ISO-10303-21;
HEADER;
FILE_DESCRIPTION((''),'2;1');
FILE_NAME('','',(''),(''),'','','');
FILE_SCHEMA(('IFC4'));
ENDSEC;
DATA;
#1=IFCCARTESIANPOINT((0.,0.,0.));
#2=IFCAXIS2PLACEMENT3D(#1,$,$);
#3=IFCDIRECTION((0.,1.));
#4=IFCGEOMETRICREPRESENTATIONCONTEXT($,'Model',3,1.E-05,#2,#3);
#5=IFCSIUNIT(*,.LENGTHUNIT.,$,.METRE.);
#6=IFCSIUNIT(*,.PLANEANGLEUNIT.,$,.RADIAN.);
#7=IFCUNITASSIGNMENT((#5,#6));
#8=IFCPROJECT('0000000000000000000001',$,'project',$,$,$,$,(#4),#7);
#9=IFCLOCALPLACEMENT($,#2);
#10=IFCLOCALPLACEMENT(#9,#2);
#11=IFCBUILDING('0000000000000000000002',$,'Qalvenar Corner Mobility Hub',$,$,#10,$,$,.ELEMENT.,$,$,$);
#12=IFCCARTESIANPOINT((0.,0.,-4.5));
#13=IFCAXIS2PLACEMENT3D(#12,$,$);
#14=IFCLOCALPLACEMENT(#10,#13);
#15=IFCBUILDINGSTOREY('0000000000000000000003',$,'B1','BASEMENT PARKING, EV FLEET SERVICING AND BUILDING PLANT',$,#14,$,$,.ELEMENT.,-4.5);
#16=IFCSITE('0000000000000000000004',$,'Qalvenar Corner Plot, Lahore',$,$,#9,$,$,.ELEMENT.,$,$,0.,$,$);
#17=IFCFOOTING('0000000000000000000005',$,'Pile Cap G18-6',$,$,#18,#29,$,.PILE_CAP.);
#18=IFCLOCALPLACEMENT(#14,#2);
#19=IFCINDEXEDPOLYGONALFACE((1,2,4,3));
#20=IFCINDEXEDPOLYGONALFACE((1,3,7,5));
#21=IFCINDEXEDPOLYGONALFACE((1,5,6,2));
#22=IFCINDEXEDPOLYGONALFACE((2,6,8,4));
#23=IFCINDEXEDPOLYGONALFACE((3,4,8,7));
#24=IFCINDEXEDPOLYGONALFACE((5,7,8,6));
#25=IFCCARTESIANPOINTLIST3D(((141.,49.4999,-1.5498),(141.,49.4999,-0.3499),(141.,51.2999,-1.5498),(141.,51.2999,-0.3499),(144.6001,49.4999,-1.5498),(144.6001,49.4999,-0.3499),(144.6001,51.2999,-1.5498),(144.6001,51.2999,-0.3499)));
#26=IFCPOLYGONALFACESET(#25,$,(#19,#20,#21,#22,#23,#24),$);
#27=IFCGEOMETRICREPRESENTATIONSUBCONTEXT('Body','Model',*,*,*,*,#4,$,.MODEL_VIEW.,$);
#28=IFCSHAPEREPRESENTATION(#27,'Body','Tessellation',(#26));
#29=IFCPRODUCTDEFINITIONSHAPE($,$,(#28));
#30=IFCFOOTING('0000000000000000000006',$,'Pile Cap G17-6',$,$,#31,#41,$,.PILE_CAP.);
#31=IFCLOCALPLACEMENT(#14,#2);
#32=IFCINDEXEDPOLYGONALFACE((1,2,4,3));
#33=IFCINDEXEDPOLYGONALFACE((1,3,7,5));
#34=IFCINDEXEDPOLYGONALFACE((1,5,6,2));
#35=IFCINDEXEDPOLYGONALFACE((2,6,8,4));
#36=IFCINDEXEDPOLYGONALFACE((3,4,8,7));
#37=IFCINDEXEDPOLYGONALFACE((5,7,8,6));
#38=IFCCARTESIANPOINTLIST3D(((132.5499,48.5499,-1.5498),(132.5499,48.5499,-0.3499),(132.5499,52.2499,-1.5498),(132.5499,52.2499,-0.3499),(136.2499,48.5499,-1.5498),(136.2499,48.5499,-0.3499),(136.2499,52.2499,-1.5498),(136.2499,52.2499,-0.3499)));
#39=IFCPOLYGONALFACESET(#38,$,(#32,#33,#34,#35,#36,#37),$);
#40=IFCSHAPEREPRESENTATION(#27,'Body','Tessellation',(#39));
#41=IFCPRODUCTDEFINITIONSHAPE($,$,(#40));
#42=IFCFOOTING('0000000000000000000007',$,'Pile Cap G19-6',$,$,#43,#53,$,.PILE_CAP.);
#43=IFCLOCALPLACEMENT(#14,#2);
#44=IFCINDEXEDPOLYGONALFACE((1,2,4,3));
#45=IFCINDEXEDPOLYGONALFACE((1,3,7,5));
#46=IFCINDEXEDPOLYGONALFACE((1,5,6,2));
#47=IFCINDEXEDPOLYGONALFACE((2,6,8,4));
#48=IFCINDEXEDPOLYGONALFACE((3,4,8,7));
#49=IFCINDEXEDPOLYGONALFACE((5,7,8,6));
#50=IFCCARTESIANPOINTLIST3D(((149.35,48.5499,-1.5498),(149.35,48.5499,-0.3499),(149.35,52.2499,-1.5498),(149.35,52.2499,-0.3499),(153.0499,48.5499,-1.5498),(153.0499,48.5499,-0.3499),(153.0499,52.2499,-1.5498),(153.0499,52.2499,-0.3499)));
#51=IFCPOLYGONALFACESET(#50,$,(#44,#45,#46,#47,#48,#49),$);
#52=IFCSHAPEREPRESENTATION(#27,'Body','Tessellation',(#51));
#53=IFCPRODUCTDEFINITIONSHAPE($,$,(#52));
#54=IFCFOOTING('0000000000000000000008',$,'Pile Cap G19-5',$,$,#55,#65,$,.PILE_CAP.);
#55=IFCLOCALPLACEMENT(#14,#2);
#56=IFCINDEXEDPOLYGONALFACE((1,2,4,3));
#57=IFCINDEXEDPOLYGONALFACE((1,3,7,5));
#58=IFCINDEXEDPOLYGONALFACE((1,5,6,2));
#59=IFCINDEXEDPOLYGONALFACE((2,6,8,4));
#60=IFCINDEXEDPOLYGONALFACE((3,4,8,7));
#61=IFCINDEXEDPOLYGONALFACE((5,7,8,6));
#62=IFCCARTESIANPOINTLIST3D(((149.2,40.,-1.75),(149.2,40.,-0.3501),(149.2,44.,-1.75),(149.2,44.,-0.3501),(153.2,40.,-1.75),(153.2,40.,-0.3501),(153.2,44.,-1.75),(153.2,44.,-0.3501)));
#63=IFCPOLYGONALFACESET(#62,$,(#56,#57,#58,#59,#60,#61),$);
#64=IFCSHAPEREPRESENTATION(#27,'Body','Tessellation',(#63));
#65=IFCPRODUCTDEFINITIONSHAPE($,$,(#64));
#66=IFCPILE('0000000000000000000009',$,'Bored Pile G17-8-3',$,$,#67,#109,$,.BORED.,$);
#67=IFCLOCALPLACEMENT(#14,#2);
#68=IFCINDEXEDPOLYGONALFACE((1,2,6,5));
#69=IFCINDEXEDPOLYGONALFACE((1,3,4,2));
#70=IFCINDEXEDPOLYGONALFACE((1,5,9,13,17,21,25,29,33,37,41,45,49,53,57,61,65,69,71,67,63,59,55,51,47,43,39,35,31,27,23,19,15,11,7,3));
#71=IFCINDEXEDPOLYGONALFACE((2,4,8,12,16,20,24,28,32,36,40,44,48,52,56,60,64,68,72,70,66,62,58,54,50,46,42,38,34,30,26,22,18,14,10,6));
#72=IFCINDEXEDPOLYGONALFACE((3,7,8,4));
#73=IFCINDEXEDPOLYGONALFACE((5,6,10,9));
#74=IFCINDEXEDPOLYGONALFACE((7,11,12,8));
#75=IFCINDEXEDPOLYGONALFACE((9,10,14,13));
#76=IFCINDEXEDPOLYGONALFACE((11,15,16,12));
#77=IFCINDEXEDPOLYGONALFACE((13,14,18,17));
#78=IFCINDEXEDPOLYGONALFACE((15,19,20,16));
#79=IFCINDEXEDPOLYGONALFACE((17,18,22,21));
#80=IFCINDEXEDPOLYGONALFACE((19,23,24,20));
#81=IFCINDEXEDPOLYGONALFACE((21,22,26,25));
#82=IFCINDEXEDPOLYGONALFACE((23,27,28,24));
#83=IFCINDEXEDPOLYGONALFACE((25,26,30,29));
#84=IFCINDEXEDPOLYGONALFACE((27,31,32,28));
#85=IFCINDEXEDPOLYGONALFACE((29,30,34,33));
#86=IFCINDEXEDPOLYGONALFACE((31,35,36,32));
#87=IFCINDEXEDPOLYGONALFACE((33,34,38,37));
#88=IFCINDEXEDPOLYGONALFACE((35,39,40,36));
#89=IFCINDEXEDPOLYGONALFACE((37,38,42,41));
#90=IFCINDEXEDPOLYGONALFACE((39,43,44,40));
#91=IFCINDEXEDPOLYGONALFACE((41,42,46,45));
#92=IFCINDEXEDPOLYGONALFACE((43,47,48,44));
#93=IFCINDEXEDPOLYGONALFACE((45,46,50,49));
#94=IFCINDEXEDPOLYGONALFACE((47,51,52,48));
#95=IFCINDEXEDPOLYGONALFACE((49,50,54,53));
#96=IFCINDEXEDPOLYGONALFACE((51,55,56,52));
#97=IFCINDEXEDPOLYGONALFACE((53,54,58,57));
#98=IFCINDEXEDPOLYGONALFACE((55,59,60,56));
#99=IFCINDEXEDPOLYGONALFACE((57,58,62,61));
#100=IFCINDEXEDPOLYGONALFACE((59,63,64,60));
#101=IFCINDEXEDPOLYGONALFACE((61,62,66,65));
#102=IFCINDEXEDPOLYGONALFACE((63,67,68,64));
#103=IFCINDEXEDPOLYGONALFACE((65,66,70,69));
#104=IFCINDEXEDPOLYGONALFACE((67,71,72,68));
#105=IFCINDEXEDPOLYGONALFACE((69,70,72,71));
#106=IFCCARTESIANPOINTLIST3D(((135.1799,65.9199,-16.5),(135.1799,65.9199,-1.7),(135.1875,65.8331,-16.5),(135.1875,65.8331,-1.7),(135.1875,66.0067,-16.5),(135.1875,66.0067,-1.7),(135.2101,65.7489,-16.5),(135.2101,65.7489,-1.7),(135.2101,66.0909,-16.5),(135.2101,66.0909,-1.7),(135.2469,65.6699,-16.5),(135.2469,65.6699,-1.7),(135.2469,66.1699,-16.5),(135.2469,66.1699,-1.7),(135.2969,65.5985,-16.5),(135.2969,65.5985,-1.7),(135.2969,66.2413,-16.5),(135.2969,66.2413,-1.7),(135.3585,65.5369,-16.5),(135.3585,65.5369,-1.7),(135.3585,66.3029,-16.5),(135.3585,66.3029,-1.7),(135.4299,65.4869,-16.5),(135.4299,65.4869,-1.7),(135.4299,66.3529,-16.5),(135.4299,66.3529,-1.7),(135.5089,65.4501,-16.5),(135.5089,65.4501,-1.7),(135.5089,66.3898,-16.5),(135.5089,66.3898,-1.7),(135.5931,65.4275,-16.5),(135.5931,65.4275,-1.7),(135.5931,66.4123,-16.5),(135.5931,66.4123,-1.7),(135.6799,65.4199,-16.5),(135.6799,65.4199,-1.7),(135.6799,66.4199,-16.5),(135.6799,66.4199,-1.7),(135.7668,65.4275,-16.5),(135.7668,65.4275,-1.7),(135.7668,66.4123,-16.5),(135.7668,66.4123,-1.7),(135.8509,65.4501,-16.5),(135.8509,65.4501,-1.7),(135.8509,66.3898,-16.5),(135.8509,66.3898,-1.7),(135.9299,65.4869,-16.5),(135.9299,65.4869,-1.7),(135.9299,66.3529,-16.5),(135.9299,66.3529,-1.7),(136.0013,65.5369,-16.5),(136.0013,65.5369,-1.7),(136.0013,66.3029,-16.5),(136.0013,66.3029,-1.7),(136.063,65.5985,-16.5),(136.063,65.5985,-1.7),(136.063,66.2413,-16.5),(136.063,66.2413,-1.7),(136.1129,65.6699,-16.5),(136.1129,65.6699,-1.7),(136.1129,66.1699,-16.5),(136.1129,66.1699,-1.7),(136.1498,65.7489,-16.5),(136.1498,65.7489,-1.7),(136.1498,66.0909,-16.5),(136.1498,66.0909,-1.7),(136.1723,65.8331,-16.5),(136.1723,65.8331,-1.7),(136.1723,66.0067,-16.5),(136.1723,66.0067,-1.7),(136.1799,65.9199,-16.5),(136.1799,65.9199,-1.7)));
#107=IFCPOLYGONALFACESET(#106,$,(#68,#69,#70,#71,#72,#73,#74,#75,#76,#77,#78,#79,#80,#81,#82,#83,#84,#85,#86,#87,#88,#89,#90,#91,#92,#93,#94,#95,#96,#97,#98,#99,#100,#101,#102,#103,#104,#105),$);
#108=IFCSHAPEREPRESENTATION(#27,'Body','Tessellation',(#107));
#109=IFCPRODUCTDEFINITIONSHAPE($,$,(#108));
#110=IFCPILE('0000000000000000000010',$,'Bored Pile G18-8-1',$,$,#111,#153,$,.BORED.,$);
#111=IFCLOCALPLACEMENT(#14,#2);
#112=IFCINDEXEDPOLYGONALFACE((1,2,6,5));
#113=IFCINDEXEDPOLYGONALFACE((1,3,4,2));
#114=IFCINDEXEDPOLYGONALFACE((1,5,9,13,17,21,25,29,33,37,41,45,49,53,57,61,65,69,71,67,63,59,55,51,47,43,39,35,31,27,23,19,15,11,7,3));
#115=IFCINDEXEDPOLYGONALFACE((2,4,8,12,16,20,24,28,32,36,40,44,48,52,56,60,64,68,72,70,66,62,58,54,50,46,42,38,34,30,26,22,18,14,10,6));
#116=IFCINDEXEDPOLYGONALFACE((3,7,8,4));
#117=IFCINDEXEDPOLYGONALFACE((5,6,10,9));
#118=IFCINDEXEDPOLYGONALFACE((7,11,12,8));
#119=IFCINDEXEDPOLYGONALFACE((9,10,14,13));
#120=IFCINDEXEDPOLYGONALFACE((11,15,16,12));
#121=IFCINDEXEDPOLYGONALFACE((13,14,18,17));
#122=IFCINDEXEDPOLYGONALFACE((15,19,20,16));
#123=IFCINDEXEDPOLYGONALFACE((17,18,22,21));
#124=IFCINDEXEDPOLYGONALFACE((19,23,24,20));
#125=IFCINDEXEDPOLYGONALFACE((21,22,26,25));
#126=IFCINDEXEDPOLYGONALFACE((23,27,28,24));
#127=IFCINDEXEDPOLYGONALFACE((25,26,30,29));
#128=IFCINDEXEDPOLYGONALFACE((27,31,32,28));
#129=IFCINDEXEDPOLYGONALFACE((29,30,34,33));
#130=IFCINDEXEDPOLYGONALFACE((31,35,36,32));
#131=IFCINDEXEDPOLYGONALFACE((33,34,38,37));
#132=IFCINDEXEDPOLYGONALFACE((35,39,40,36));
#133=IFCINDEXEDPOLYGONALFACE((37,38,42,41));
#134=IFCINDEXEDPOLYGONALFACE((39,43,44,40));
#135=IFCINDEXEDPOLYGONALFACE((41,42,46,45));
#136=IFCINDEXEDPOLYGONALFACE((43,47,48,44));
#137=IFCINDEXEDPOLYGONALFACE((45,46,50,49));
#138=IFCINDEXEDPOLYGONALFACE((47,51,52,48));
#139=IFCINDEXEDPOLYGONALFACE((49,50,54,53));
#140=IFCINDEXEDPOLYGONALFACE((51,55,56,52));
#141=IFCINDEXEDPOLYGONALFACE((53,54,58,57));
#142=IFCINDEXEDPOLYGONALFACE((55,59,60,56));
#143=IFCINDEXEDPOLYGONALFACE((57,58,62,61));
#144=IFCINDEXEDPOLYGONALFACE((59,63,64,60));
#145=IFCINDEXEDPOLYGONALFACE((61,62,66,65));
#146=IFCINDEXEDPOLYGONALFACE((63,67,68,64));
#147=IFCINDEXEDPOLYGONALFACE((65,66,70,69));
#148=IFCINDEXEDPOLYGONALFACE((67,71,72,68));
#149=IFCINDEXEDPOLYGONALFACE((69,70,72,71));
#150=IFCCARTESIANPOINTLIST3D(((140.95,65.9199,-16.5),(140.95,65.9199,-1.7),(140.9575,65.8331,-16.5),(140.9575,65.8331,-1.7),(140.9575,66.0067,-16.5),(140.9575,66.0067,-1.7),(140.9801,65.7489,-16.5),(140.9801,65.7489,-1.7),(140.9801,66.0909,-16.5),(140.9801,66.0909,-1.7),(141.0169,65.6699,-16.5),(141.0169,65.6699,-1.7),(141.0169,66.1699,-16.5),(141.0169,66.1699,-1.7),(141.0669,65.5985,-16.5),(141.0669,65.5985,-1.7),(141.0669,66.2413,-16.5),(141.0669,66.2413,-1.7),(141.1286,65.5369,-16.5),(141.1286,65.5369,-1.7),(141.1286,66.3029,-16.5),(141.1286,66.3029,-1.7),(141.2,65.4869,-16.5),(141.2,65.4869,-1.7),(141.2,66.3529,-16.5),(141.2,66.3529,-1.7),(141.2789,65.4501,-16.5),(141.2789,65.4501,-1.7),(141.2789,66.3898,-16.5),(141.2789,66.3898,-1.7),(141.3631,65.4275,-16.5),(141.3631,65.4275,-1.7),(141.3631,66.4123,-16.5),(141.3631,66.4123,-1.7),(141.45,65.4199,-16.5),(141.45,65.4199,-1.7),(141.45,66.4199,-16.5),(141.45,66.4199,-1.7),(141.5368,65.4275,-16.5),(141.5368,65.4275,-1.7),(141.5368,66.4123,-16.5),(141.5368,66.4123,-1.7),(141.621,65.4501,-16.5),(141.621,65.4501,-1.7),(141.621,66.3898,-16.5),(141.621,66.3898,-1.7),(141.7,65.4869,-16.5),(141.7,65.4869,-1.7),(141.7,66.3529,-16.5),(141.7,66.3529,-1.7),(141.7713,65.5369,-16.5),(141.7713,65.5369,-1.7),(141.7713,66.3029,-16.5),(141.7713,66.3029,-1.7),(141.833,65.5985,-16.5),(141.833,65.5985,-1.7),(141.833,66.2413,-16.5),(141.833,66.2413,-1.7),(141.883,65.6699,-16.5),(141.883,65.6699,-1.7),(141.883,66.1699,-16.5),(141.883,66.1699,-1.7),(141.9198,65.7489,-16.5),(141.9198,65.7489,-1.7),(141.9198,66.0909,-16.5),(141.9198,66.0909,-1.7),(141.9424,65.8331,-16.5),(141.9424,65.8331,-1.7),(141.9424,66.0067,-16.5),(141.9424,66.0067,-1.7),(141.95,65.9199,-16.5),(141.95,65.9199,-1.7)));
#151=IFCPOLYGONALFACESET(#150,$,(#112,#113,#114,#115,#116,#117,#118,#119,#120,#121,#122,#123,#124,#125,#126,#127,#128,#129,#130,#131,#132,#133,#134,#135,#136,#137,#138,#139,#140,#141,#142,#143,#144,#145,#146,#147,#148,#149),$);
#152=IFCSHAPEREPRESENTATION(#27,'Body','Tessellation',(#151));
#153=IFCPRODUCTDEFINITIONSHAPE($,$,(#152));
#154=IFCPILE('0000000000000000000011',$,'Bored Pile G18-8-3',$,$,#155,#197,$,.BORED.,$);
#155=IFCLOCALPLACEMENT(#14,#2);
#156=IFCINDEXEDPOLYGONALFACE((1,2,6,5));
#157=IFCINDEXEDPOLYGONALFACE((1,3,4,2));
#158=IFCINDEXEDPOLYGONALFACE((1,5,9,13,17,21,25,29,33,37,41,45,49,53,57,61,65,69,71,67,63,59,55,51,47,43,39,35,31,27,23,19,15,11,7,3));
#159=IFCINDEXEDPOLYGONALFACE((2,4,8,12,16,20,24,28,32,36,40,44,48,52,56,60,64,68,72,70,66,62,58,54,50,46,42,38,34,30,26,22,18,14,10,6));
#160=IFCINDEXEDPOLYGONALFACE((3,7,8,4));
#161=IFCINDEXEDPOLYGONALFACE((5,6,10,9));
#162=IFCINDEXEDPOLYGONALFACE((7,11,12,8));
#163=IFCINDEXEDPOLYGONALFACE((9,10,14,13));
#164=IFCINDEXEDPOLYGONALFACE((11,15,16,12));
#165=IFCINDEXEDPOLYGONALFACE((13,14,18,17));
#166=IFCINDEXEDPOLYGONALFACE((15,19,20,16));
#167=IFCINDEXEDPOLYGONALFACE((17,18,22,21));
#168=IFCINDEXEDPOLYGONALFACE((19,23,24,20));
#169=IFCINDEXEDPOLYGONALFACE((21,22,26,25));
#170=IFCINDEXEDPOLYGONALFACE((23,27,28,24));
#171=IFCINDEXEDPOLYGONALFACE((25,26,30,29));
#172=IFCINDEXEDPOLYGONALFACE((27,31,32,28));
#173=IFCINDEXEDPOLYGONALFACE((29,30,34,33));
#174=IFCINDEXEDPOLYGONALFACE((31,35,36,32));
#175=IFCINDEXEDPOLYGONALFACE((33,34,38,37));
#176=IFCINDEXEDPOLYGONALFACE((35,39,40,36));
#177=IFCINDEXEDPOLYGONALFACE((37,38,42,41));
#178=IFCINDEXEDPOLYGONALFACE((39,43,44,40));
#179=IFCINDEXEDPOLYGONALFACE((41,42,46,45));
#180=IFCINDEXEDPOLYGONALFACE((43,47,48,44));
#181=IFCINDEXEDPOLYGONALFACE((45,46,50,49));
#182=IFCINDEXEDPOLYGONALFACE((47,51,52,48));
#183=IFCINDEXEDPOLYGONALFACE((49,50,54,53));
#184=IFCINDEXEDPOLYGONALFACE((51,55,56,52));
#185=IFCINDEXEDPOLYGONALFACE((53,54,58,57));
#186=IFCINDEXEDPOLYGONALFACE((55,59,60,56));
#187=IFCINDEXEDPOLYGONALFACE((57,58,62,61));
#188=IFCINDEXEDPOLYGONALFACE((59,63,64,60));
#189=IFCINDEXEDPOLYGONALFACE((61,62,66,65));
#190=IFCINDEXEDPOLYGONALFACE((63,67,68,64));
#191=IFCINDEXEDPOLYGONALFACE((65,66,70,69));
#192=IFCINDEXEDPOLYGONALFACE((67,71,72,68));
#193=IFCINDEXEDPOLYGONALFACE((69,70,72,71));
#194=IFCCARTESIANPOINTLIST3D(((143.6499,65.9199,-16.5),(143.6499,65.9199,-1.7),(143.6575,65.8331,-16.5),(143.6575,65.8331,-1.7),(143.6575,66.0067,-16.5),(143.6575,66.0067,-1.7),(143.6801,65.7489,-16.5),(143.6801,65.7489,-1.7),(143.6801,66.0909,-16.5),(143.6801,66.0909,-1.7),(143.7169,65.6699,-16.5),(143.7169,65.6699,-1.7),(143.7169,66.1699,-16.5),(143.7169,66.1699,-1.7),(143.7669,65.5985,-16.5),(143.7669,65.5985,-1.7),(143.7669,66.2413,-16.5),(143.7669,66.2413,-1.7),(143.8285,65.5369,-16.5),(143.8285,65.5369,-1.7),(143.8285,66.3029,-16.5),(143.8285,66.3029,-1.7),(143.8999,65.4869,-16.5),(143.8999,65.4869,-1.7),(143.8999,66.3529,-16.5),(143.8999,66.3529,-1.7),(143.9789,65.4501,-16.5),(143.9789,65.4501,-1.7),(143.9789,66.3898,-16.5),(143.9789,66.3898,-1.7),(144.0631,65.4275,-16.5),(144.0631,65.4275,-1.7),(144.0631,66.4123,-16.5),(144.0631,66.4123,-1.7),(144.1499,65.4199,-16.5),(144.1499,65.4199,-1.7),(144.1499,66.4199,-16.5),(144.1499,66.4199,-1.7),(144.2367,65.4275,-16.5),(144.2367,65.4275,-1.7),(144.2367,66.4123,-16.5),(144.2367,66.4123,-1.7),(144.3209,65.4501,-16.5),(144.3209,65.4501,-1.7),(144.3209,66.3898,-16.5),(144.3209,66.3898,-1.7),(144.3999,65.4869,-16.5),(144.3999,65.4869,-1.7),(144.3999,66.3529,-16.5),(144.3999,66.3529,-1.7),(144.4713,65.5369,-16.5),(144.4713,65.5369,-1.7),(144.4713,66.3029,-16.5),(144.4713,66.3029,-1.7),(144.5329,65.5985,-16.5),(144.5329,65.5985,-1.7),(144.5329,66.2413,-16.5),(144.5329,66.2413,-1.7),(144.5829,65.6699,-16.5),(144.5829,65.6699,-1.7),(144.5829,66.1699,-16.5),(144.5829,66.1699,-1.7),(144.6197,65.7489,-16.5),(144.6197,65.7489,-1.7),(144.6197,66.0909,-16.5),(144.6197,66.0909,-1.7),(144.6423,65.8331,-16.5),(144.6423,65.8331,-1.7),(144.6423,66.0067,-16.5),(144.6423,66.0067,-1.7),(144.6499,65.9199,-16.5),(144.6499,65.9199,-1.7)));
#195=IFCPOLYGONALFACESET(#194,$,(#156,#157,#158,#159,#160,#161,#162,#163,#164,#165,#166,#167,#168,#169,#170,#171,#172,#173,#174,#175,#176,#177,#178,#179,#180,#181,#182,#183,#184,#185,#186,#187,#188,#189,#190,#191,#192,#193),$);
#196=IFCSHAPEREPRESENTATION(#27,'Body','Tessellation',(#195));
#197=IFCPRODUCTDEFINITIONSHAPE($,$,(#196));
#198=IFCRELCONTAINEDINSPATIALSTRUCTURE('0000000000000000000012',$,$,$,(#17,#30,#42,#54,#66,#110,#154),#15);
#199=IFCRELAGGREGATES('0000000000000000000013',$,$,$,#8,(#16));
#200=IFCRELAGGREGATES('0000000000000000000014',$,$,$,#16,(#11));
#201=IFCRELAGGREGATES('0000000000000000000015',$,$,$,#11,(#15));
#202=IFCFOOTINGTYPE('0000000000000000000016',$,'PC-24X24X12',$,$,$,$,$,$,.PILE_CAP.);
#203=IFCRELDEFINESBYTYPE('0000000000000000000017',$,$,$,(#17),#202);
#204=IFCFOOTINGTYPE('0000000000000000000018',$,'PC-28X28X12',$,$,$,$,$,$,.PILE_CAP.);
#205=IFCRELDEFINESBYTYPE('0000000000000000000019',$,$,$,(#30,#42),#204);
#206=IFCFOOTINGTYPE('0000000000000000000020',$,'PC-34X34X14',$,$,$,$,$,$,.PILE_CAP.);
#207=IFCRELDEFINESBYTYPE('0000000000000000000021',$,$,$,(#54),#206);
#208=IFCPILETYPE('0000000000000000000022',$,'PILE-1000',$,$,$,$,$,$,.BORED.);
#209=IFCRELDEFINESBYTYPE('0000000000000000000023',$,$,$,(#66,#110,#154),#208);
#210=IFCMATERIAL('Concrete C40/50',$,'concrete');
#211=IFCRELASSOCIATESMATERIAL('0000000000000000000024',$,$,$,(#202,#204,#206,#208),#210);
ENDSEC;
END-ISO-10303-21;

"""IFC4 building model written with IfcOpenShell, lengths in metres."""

from ifc_helpers import new_model, si_unit, direction, frame, origin, origin_2d, place, context, subcontext, project, spatial, rectangle, circle, extrude, material, material_profile, profile_set, type_object, element, save


model = new_model("IFC4")

# Units and contexts
model_context = context("Model", 3, precision=1e-05, world=origin(), true_north=direction((0.0, 1.0)))
body_context = subcontext(model_context, "Body", "Model", "MODEL_VIEW")
ifc_project = project(units=[si_unit("LENGTHUNIT", "METRE"), si_unit("PLANEANGLEUNIT", "RADIAN")], contexts=[model_context])

# Site, building, storey
site_placement = place(None, origin())
site = spatial("IfcSite", under=ifc_project, at=site_placement, Name="Qalvenar Corner Plot, Lahore", CompositionType="ELEMENT", RefElevation=0.0)
building_placement = place(site_placement, origin())
building = spatial("IfcBuilding", under=site, at=building_placement, Name="Qalvenar Corner Mobility Hub", CompositionType="ELEMENT")
storey_placement = place(building_placement, frame((0.0, 0.0, -4.5)))
storey = spatial("IfcBuildingStorey", under=building, at=storey_placement, Name="B1", Description="BASEMENT PARKING, EV FLEET SERVICING AND BUILDING PLANT", CompositionType="ELEMENT", Elevation=-4.5)

# Footings
ifc_material_1 = material(Name="Concrete C40/50", Category="concrete")
footing_type_1 = type_object("IfcFootingType", Name="PC-24X24X12", PredefinedType="PILE_CAP", material=ifc_material_1)
footing_1_placement = place(storey_placement, frame((142.8, 50.3999, -1.5498), z_axis=(0.0, 0.0, 1.0), x_axis=(1.0, 0.0, 0.0)))
element("IfcFooting", 1, at=footing_1_placement, inside=storey, type_object=footing_type_1, Name="Pile Cap G18-6", PredefinedType="PILE_CAP", context=body_context, shape_type="SweptSolid", body=[
    extrude(rectangle(XDim=3.6001, YDim=1.8, at=origin_2d()), origin(), (0.0, 0.0, 1.0), 1.2),
])
footing_type_2 = type_object("IfcFootingType", Name="PC-28X28X12", PredefinedType="PILE_CAP", material=ifc_material_1)
for number, where, z_axis, x_axis, name in (
    (2, (134.3999, 50.3999, -1.5498), (0.0, 0.0, 1.0), (1.0, 0.0, 0.0), "Pile Cap G17-6"),
    (3, (151.2, 50.3999, -1.5498), (0.0, 0.0, 1.0), (1.0, 0.0, 0.0), "Pile Cap G19-6"),
):
    element("IfcFooting", number, at=place(storey_placement, frame(where, z_axis=z_axis, x_axis=x_axis)), inside=storey, type_object=footing_type_2, Name=name, PredefinedType="PILE_CAP", context=body_context, shape_type="SweptSolid", body=[
        extrude(rectangle(XDim=3.7, YDim=3.7, at=origin_2d()), origin(), (0.0, 0.0, 1.0), 1.2),
    ])
footing_type_3 = type_object("IfcFootingType", Name="PC-34X34X14", PredefinedType="PILE_CAP", material=ifc_material_1)
footing_2_placement = place(storey_placement, frame((151.2, 42.0, -1.75), z_axis=(0.0, 0.0, 1.0), x_axis=(1.0, 0.0, 0.0)))
element("IfcFooting", 4, at=footing_2_placement, inside=storey, type_object=footing_type_3, Name="Pile Cap G19-5", PredefinedType="PILE_CAP", context=body_context, shape_type="SweptSolid", body=[
    extrude(rectangle(XDim=4.0, YDim=4.0, at=origin_2d()), origin(), (0.0, 0.0, 1.0), 1.3999),
])

# Piles
ifc_material_profile_1 = material_profile(ifc_material_1, circle(Radius=0.5, at=origin_2d()), Name="DIA1000")
ifc_profile_set_1 = profile_set([ifc_material_profile_1], Name="Concrete C40/50")
pile_type_1 = type_object("IfcPileType", Name="PILE-1000", PredefinedType="BORED", material=ifc_profile_set_1)
for number, where, z_axis, x_axis, name in (
    (5, (135.6799, 65.9199, -1.7), (0.0, 0.0, -1.0), (1.0, 0.0, 0.0), "Bored Pile G17-8-3"),
    (6, (141.45, 65.9199, -1.7), (0.0, 0.0, -1.0), (1.0, 0.0, 0.0), "Bored Pile G18-8-1"),
    (7, (144.1499, 65.9199, -1.7), (0.0, 0.0, -1.0), (1.0, 0.0, 0.0), "Bored Pile G18-8-3"),
):
    element("IfcPile", number, at=place(storey_placement, frame(where, z_axis=z_axis, x_axis=x_axis)), inside=storey, type_object=pile_type_1, Name=name, PredefinedType="BORED", context=body_context, shape_type="SweptSolid", body=[
        extrude(circle(Radius=0.5, at=origin_2d()), origin(), (0.0, 0.0, 1.0), 14.8),
    ])

save(model, "model.ifc")
